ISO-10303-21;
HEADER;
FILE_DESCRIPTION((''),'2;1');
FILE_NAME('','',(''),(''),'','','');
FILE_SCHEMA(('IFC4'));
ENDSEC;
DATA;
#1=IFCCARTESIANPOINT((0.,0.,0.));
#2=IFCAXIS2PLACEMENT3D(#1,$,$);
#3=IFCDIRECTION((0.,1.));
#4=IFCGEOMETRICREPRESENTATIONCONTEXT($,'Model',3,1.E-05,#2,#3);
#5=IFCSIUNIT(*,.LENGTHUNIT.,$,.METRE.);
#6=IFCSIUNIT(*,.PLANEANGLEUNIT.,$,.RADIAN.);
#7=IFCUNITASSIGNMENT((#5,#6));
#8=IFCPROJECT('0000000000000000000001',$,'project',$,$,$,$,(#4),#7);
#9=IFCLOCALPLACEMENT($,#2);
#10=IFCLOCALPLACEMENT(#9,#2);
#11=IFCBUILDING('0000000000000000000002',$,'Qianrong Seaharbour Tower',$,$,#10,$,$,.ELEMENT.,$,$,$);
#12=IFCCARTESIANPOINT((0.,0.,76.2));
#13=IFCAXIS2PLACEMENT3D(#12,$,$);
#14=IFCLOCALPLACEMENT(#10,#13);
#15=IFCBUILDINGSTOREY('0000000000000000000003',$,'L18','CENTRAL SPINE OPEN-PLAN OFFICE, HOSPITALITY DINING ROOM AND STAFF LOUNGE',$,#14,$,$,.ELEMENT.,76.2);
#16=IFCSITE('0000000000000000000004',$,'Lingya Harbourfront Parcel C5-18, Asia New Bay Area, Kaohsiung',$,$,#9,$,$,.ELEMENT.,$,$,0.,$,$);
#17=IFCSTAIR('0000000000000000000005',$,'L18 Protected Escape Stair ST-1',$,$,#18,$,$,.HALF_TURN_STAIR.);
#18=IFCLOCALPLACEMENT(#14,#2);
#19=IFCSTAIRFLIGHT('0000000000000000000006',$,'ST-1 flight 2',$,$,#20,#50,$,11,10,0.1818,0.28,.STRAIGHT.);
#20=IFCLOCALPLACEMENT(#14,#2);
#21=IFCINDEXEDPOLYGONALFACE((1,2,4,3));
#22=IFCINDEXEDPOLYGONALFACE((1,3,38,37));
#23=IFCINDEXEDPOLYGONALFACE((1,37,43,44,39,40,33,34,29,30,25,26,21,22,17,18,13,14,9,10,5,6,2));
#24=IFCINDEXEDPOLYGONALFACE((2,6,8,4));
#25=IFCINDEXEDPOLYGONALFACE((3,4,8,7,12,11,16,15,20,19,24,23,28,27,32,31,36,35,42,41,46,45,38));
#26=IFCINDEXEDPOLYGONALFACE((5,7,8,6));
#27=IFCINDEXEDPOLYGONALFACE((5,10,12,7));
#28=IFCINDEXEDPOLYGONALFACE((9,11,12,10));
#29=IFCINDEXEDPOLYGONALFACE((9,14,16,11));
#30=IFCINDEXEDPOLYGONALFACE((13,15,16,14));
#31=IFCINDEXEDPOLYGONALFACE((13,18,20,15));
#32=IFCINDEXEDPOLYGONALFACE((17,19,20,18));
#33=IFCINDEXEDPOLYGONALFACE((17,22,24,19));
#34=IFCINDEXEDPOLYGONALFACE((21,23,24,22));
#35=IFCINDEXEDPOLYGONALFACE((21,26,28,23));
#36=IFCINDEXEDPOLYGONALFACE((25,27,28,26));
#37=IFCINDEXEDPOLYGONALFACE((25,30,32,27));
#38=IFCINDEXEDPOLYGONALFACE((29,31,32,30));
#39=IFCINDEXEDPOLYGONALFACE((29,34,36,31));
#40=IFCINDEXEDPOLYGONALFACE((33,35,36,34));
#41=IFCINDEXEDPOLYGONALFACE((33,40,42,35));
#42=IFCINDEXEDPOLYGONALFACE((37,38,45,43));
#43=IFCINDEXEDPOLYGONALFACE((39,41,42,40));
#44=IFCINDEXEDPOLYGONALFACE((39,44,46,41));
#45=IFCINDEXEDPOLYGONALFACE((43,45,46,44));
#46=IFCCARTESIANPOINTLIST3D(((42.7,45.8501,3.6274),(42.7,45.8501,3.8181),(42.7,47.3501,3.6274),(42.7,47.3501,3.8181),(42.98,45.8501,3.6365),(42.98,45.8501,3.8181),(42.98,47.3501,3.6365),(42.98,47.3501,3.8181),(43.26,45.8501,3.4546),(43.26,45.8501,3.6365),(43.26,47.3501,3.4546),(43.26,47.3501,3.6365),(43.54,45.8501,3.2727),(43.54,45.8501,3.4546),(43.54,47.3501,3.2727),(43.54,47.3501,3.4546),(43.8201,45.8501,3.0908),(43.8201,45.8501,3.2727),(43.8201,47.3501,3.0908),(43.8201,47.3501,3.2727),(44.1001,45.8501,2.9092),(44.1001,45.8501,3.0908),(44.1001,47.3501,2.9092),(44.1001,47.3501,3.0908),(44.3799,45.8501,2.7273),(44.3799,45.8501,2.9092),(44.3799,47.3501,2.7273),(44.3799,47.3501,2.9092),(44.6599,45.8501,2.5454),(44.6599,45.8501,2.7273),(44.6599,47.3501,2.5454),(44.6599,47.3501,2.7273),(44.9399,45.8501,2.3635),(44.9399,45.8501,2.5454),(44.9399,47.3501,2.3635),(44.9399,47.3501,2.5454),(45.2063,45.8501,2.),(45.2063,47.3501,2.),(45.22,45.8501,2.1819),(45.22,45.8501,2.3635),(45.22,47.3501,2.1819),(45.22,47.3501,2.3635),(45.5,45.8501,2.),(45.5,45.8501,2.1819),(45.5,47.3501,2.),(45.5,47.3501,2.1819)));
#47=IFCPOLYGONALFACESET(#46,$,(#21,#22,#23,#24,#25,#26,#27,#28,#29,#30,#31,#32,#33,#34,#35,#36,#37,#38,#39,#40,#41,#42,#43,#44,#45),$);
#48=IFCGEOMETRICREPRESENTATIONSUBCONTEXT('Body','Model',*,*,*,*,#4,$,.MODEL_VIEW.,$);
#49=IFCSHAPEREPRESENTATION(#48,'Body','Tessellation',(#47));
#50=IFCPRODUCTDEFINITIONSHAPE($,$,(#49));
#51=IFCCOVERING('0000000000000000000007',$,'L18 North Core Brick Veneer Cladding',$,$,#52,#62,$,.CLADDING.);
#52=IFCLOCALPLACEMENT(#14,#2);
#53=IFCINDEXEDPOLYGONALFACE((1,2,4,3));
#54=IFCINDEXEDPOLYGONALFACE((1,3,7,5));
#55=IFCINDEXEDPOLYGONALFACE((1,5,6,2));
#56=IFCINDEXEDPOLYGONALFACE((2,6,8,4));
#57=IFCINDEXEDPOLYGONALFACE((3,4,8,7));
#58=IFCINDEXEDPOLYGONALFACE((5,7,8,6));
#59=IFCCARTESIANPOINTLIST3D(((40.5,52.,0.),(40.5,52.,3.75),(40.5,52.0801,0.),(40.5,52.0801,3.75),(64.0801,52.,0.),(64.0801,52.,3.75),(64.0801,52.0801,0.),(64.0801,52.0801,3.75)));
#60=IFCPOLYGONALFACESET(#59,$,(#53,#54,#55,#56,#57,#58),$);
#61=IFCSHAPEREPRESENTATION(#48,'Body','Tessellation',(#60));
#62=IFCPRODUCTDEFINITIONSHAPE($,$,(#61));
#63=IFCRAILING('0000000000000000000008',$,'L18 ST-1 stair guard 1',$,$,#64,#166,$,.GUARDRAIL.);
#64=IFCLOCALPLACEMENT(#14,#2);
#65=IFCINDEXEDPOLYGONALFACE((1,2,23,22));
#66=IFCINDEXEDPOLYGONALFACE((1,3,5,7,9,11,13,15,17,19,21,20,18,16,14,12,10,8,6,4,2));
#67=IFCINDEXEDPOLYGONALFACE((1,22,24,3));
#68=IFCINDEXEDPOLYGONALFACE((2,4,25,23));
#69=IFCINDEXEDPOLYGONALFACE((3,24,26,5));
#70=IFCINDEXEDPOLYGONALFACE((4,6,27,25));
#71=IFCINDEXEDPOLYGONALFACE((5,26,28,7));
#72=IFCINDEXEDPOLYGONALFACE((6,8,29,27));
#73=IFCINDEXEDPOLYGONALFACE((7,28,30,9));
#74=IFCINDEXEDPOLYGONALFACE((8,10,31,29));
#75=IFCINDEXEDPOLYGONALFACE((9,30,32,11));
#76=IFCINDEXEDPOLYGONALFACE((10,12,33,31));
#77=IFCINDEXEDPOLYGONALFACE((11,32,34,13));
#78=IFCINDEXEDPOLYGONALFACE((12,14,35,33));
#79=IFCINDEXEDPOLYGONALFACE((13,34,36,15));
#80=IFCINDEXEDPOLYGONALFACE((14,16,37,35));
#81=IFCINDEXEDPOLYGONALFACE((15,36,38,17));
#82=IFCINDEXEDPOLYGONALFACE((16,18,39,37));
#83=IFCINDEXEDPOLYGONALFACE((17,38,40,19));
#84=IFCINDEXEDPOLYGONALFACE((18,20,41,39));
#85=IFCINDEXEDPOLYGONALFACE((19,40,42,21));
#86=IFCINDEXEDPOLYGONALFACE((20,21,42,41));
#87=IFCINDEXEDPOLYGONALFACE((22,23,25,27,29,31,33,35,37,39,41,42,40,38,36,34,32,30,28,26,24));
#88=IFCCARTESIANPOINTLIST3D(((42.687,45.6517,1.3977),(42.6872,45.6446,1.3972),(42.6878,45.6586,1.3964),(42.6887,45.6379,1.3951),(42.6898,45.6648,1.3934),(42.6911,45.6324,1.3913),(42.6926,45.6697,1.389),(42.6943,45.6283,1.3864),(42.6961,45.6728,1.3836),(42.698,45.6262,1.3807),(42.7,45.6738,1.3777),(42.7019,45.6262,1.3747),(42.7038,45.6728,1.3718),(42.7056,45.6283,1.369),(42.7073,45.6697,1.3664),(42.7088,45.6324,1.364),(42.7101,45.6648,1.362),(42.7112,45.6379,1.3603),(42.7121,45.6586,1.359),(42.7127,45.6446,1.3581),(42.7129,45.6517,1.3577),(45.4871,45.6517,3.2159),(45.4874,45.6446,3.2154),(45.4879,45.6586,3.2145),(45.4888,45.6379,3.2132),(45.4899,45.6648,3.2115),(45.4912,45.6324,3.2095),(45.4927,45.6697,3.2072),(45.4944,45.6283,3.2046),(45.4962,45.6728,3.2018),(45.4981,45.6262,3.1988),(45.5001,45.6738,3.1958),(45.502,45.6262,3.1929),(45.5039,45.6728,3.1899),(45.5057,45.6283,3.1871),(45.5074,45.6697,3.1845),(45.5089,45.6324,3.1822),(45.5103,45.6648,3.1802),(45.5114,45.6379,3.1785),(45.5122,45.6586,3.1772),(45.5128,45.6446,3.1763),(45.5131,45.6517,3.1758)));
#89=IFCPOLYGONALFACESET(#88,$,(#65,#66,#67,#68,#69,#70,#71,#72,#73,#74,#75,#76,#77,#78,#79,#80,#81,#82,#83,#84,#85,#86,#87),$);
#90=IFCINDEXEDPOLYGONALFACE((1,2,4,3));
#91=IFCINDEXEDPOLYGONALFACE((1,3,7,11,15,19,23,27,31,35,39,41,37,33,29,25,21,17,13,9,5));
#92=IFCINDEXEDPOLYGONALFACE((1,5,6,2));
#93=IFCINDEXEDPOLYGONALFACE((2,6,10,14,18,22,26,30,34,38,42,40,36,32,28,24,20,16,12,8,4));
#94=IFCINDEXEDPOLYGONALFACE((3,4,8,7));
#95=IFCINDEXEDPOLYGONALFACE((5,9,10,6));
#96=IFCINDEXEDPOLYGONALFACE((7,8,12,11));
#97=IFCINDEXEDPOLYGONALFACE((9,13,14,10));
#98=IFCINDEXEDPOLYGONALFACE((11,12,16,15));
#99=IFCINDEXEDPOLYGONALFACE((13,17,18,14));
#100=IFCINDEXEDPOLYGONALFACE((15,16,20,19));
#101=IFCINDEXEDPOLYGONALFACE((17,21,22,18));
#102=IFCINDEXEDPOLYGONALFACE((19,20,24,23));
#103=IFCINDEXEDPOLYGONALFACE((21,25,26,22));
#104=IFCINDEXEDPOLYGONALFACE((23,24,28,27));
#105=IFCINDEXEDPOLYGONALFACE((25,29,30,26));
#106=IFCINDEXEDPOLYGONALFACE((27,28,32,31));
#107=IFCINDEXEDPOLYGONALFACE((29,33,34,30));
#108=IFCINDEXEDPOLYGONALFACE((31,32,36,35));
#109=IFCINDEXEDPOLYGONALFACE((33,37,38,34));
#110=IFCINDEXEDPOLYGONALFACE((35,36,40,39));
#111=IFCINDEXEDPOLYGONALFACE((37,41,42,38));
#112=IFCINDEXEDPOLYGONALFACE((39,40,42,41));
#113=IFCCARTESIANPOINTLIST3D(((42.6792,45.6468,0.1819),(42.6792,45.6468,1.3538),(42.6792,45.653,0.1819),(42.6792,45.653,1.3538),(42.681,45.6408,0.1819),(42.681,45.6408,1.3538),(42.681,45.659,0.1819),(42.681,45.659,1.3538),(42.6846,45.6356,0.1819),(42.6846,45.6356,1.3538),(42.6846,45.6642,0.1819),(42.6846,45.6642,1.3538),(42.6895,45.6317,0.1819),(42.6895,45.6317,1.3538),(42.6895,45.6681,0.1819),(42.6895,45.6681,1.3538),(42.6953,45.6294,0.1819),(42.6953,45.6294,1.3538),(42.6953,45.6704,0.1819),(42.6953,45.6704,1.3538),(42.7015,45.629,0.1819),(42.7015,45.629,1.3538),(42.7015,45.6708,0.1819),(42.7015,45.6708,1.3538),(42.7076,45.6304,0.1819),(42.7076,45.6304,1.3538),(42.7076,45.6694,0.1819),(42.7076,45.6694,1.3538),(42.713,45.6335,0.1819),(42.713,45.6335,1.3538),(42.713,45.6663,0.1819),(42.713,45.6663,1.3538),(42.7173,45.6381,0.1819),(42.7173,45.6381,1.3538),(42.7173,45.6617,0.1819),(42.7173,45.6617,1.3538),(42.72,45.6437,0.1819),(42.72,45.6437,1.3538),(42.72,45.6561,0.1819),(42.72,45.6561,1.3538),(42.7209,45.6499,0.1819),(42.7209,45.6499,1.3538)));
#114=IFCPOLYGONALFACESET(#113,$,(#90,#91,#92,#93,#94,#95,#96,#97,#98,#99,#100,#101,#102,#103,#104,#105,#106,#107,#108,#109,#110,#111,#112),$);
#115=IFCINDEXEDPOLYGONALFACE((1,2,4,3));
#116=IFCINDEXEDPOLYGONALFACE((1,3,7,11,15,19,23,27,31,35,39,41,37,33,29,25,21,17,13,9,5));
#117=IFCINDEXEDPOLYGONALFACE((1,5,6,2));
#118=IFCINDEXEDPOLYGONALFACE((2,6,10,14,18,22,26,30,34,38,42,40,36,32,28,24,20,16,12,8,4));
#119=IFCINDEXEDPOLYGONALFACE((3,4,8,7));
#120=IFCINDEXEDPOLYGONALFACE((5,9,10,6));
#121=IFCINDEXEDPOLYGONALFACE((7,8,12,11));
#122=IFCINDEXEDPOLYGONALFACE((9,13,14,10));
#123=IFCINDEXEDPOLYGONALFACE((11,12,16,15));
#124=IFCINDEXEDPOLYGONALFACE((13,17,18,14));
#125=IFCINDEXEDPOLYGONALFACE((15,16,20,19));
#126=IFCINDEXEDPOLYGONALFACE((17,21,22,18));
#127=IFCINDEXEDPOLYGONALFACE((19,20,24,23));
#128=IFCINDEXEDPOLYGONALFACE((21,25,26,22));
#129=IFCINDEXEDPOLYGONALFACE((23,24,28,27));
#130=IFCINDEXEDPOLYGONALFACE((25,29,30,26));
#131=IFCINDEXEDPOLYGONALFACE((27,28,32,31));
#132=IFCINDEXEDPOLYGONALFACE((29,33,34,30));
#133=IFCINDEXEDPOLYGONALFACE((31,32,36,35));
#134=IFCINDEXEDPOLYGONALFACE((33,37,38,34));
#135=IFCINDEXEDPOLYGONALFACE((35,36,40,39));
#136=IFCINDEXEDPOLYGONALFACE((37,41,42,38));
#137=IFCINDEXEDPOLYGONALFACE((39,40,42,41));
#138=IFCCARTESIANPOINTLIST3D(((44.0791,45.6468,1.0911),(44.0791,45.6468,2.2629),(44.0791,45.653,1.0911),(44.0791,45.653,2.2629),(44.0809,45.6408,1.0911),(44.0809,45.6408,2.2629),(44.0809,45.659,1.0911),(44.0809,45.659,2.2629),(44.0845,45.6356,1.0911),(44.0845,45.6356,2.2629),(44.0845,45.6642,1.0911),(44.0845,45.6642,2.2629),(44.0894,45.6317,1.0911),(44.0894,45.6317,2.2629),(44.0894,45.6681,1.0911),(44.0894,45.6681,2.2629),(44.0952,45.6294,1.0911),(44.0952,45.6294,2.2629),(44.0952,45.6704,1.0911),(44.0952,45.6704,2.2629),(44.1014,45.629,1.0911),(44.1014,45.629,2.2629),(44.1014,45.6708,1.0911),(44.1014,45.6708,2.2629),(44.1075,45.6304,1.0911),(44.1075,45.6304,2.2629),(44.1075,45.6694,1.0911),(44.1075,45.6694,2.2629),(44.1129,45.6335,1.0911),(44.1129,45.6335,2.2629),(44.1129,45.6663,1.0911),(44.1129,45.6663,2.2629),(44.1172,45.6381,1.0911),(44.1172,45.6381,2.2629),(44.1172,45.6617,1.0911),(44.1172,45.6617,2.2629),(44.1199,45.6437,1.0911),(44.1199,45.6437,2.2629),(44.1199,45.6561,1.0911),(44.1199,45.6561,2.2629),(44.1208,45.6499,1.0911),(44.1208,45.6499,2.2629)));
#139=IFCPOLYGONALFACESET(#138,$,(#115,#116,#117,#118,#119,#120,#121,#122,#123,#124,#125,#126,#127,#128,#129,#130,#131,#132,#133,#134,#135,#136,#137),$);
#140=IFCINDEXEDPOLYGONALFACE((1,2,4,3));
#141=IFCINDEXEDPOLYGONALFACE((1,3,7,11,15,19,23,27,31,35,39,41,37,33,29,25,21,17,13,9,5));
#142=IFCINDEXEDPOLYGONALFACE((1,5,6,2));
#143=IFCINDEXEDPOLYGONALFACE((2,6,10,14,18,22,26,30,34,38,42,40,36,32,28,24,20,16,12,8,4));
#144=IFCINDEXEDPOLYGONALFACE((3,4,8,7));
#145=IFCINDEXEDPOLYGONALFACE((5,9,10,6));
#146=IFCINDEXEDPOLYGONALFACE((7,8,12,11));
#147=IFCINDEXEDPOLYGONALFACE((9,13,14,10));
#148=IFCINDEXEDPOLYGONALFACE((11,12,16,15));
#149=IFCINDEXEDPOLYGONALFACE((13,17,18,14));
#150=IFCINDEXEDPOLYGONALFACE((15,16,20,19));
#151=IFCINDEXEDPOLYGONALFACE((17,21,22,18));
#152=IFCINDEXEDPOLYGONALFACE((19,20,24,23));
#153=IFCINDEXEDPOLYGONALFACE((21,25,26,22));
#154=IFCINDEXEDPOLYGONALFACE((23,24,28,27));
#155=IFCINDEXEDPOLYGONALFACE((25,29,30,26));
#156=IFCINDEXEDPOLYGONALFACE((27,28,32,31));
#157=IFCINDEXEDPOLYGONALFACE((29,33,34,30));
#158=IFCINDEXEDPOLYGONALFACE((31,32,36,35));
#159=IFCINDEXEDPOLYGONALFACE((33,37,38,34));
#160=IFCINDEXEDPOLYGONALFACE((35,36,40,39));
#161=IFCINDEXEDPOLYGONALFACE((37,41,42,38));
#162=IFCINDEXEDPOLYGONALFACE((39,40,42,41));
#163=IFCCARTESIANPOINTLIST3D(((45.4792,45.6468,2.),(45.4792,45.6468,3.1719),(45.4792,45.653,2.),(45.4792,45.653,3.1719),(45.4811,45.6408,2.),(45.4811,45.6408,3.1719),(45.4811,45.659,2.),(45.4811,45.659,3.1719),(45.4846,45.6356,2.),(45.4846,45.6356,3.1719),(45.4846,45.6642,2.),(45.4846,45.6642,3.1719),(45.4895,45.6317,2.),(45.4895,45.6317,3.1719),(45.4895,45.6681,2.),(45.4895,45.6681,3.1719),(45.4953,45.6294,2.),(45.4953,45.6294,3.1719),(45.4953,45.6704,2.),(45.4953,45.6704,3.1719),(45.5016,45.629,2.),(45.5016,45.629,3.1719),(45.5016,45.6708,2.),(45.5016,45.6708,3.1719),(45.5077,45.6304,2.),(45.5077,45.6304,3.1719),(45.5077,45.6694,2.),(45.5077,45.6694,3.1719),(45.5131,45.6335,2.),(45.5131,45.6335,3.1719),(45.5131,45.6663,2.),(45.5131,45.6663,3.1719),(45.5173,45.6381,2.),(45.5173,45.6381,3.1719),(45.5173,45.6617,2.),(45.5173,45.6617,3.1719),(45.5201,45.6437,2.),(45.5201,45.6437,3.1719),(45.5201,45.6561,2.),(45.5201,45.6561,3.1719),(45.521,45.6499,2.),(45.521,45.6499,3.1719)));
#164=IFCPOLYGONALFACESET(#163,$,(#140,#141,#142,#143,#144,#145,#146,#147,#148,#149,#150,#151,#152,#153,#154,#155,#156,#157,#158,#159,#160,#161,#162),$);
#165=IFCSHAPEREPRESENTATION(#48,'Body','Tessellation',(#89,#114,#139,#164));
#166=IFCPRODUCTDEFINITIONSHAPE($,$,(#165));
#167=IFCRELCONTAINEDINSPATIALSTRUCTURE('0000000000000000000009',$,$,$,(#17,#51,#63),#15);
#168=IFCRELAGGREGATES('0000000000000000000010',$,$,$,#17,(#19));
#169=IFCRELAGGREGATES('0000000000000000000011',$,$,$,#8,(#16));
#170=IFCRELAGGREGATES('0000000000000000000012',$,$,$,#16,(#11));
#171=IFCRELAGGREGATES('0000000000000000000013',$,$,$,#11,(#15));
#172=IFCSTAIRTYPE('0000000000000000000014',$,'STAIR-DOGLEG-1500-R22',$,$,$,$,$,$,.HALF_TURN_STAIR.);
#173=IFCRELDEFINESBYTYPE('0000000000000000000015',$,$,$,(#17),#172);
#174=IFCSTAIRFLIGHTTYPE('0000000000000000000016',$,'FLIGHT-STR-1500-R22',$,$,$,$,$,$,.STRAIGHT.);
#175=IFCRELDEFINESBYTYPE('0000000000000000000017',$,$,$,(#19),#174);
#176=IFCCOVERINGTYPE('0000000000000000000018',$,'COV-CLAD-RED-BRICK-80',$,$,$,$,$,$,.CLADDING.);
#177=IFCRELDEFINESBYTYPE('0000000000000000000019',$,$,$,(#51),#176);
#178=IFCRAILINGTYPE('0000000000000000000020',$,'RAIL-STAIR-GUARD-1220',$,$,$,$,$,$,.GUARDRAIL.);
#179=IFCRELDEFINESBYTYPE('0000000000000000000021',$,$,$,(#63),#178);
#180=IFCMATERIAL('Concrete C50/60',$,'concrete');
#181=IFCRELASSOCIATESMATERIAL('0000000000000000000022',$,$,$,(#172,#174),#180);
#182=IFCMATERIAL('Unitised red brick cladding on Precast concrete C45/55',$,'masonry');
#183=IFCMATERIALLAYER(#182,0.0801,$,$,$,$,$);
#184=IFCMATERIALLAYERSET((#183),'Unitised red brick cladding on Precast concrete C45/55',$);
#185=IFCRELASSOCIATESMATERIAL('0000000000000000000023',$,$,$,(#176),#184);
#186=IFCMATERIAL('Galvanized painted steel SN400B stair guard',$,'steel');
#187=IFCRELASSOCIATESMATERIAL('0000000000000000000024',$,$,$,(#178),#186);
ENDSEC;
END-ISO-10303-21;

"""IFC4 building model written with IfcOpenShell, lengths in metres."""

from ifc_helpers import new_model, si_unit, direction, frame, origin, origin_2d, place, context, subcontext, project, spatial, polyline, rectangle, circle, outline, extrude, material, layer, layer_set, type_object, element, aggregate, save


model = new_model("IFC4")

# Units and contexts
model_context = context("Model", 3, precision=1e-05, world=origin(), true_north=direction((0.0, 1.0)))
body_context = subcontext(model_context, "Body", "Model", "MODEL_VIEW")
ifc_project = project(units=[si_unit("LENGTHUNIT", "METRE"), si_unit("PLANEANGLEUNIT", "RADIAN")], contexts=[model_context])

# Site, building, storey
site_placement = place(None, origin())
site = spatial("IfcSite", under=ifc_project, at=site_placement, Name="Lingya Harbourfront Parcel C5-18, Asia New Bay Area, Kaohsiung", CompositionType="ELEMENT", RefElevation=0.0)
building_placement = place(site_placement, origin())
building = spatial("IfcBuilding", under=site, at=building_placement, Name="Qianrong Seaharbour Tower", CompositionType="ELEMENT")
storey_placement = place(building_placement, frame((0.0, 0.0, 76.2)))
storey = spatial("IfcBuildingStorey", under=building, at=storey_placement, Name="L18", Description="CENTRAL SPINE OPEN-PLAN OFFICE, HOSPITALITY DINING ROOM AND STAFF LOUNGE", CompositionType="ELEMENT", Elevation=76.2)

# Stair, stair flight
ifc_material_1 = material(Name="Concrete C50/60", Category="concrete")
stair_type = type_object("IfcStairType", Name="STAIR-DOGLEG-1500-R22", PredefinedType="HALF_TURN_STAIR", material=ifc_material_1)
stair_placement = place(storey_placement, origin())
stair = element("IfcStair", 1, at=stair_placement, inside=storey, type_object=stair_type, Name="L18 Protected Escape Stair ST-1", PredefinedType="HALF_TURN_STAIR")
stair_flight_type = type_object("IfcStairFlightType", Name="FLIGHT-STR-1500-R22", PredefinedType="STRAIGHT", material=ifc_material_1)
stair_flight_1_placement = place(storey_placement, frame((45.5, 46.6001, 2.0), z_axis=(0.0, 0.0, 1.0), x_axis=(-1.0, 0.0, 0.0)))
stair_flight_1 = element("IfcStairFlight", 2, at=stair_flight_1_placement, type_object=stair_flight_type, Name="ST-1 flight 2", NumberOfRisers=11, NumberOfTreads=10, PredefinedType="STRAIGHT", RiserHeight=0.1818, TreadLength=0.28, context=body_context, shape_type="SweptSolid", body=[
    extrude(outline(polyline([(0.0, 0.0), (0.0, 0.1819), (0.28, 0.1819), (0.28, 0.3635), (0.5601, 0.3635), (0.5601, 0.5454), (0.8401, 0.5454), (0.8401, 0.7273), (1.1201, 0.7273), (1.1201, 0.9092), (1.3999, 0.9092), (1.3999, 1.0908), (1.6799, 1.0908), (1.6799, 1.2727), (1.96, 1.2727), (1.96, 1.4546), (2.24, 1.4546), (2.24, 1.6365), (2.52, 1.6365), (2.52, 1.8181), (2.8, 1.8181), (2.8, 2.0), (2.8, 1.6274), (0.2937, 0.0), (0.0, 0.0)])), frame((0.0, 0.75, 0.0), z_axis=(0.0, -1.0, 0.0), x_axis=(1.0, 0.0, 0.0)), (0.0, 0.0, 1.0), 1.5),
])
aggregate(stair, [stair_flight_1])

# Covering
ifc_material_2 = material(Name="Unitised red brick cladding on Precast concrete C45/55", Category="masonry")
ifc_layer_1 = layer(ifc_material_2, 0.0801)
ifc_layer_set_1 = layer_set([ifc_layer_1], Name="Unitised red brick cladding on Precast concrete C45/55")
covering_type = type_object("IfcCoveringType", Name="COV-CLAD-RED-BRICK-80", PredefinedType="CLADDING", material=ifc_layer_set_1)
covering_placement = place(storey_placement, frame((52.29, 52.04, 0.0), z_axis=(0.0, 0.0, 1.0), x_axis=(1.0, 0.0, 0.0)))
element("IfcCovering", 3, at=covering_placement, inside=storey, type_object=covering_type, Name="L18 North Core Brick Veneer Cladding", PredefinedType="CLADDING", context=body_context, shape_type="SweptSolid", body=[
    extrude(rectangle(XDim=23.5801, YDim=0.0801, at=origin_2d()), origin(), (0.0, 0.0, 1.0), 3.75),
])

# Railing
ifc_material_3 = material(Name="Galvanized painted steel SN400B stair guard", Category="steel")
railing_type_1 = type_object("IfcRailingType", Name="RAIL-STAIR-GUARD-1220", PredefinedType="GUARDRAIL", material=ifc_material_3)
railing_1_placement = place(storey_placement, frame((42.7, 45.6499, 0.1819)))
element("IfcRailing", 4, at=railing_1_placement, inside=storey, type_object=railing_type_1, Name="L18 ST-1 stair guard 1", PredefinedType="GUARDRAIL", context=body_context, shape_type="SweptSolid", body=[
    extrude(circle(Radius=0.0239, at=origin_2d()), frame((0.0, 0.0, 1.1958), z_axis=(0.838706, 0.0, 0.544585), x_axis=(0.0, 1.0, 0.0)), (0.0, 0.0, 1.0), 3.3386),
    extrude(circle(Radius=0.021, at=origin_2d()), origin(), (0.0, 0.0, 1.0), 1.1719),
    extrude(circle(Radius=0.021, at=origin_2d()), frame((1.3999, 0.0, 0.9092)), (0.0, 0.0, 1.0), 1.1719),
    extrude(circle(Radius=0.021, at=origin_2d()), frame((2.8, 0.0, 1.8181)), (0.0, 0.0, 1.0), 1.1719),
])

save(model, "model.ifc")
